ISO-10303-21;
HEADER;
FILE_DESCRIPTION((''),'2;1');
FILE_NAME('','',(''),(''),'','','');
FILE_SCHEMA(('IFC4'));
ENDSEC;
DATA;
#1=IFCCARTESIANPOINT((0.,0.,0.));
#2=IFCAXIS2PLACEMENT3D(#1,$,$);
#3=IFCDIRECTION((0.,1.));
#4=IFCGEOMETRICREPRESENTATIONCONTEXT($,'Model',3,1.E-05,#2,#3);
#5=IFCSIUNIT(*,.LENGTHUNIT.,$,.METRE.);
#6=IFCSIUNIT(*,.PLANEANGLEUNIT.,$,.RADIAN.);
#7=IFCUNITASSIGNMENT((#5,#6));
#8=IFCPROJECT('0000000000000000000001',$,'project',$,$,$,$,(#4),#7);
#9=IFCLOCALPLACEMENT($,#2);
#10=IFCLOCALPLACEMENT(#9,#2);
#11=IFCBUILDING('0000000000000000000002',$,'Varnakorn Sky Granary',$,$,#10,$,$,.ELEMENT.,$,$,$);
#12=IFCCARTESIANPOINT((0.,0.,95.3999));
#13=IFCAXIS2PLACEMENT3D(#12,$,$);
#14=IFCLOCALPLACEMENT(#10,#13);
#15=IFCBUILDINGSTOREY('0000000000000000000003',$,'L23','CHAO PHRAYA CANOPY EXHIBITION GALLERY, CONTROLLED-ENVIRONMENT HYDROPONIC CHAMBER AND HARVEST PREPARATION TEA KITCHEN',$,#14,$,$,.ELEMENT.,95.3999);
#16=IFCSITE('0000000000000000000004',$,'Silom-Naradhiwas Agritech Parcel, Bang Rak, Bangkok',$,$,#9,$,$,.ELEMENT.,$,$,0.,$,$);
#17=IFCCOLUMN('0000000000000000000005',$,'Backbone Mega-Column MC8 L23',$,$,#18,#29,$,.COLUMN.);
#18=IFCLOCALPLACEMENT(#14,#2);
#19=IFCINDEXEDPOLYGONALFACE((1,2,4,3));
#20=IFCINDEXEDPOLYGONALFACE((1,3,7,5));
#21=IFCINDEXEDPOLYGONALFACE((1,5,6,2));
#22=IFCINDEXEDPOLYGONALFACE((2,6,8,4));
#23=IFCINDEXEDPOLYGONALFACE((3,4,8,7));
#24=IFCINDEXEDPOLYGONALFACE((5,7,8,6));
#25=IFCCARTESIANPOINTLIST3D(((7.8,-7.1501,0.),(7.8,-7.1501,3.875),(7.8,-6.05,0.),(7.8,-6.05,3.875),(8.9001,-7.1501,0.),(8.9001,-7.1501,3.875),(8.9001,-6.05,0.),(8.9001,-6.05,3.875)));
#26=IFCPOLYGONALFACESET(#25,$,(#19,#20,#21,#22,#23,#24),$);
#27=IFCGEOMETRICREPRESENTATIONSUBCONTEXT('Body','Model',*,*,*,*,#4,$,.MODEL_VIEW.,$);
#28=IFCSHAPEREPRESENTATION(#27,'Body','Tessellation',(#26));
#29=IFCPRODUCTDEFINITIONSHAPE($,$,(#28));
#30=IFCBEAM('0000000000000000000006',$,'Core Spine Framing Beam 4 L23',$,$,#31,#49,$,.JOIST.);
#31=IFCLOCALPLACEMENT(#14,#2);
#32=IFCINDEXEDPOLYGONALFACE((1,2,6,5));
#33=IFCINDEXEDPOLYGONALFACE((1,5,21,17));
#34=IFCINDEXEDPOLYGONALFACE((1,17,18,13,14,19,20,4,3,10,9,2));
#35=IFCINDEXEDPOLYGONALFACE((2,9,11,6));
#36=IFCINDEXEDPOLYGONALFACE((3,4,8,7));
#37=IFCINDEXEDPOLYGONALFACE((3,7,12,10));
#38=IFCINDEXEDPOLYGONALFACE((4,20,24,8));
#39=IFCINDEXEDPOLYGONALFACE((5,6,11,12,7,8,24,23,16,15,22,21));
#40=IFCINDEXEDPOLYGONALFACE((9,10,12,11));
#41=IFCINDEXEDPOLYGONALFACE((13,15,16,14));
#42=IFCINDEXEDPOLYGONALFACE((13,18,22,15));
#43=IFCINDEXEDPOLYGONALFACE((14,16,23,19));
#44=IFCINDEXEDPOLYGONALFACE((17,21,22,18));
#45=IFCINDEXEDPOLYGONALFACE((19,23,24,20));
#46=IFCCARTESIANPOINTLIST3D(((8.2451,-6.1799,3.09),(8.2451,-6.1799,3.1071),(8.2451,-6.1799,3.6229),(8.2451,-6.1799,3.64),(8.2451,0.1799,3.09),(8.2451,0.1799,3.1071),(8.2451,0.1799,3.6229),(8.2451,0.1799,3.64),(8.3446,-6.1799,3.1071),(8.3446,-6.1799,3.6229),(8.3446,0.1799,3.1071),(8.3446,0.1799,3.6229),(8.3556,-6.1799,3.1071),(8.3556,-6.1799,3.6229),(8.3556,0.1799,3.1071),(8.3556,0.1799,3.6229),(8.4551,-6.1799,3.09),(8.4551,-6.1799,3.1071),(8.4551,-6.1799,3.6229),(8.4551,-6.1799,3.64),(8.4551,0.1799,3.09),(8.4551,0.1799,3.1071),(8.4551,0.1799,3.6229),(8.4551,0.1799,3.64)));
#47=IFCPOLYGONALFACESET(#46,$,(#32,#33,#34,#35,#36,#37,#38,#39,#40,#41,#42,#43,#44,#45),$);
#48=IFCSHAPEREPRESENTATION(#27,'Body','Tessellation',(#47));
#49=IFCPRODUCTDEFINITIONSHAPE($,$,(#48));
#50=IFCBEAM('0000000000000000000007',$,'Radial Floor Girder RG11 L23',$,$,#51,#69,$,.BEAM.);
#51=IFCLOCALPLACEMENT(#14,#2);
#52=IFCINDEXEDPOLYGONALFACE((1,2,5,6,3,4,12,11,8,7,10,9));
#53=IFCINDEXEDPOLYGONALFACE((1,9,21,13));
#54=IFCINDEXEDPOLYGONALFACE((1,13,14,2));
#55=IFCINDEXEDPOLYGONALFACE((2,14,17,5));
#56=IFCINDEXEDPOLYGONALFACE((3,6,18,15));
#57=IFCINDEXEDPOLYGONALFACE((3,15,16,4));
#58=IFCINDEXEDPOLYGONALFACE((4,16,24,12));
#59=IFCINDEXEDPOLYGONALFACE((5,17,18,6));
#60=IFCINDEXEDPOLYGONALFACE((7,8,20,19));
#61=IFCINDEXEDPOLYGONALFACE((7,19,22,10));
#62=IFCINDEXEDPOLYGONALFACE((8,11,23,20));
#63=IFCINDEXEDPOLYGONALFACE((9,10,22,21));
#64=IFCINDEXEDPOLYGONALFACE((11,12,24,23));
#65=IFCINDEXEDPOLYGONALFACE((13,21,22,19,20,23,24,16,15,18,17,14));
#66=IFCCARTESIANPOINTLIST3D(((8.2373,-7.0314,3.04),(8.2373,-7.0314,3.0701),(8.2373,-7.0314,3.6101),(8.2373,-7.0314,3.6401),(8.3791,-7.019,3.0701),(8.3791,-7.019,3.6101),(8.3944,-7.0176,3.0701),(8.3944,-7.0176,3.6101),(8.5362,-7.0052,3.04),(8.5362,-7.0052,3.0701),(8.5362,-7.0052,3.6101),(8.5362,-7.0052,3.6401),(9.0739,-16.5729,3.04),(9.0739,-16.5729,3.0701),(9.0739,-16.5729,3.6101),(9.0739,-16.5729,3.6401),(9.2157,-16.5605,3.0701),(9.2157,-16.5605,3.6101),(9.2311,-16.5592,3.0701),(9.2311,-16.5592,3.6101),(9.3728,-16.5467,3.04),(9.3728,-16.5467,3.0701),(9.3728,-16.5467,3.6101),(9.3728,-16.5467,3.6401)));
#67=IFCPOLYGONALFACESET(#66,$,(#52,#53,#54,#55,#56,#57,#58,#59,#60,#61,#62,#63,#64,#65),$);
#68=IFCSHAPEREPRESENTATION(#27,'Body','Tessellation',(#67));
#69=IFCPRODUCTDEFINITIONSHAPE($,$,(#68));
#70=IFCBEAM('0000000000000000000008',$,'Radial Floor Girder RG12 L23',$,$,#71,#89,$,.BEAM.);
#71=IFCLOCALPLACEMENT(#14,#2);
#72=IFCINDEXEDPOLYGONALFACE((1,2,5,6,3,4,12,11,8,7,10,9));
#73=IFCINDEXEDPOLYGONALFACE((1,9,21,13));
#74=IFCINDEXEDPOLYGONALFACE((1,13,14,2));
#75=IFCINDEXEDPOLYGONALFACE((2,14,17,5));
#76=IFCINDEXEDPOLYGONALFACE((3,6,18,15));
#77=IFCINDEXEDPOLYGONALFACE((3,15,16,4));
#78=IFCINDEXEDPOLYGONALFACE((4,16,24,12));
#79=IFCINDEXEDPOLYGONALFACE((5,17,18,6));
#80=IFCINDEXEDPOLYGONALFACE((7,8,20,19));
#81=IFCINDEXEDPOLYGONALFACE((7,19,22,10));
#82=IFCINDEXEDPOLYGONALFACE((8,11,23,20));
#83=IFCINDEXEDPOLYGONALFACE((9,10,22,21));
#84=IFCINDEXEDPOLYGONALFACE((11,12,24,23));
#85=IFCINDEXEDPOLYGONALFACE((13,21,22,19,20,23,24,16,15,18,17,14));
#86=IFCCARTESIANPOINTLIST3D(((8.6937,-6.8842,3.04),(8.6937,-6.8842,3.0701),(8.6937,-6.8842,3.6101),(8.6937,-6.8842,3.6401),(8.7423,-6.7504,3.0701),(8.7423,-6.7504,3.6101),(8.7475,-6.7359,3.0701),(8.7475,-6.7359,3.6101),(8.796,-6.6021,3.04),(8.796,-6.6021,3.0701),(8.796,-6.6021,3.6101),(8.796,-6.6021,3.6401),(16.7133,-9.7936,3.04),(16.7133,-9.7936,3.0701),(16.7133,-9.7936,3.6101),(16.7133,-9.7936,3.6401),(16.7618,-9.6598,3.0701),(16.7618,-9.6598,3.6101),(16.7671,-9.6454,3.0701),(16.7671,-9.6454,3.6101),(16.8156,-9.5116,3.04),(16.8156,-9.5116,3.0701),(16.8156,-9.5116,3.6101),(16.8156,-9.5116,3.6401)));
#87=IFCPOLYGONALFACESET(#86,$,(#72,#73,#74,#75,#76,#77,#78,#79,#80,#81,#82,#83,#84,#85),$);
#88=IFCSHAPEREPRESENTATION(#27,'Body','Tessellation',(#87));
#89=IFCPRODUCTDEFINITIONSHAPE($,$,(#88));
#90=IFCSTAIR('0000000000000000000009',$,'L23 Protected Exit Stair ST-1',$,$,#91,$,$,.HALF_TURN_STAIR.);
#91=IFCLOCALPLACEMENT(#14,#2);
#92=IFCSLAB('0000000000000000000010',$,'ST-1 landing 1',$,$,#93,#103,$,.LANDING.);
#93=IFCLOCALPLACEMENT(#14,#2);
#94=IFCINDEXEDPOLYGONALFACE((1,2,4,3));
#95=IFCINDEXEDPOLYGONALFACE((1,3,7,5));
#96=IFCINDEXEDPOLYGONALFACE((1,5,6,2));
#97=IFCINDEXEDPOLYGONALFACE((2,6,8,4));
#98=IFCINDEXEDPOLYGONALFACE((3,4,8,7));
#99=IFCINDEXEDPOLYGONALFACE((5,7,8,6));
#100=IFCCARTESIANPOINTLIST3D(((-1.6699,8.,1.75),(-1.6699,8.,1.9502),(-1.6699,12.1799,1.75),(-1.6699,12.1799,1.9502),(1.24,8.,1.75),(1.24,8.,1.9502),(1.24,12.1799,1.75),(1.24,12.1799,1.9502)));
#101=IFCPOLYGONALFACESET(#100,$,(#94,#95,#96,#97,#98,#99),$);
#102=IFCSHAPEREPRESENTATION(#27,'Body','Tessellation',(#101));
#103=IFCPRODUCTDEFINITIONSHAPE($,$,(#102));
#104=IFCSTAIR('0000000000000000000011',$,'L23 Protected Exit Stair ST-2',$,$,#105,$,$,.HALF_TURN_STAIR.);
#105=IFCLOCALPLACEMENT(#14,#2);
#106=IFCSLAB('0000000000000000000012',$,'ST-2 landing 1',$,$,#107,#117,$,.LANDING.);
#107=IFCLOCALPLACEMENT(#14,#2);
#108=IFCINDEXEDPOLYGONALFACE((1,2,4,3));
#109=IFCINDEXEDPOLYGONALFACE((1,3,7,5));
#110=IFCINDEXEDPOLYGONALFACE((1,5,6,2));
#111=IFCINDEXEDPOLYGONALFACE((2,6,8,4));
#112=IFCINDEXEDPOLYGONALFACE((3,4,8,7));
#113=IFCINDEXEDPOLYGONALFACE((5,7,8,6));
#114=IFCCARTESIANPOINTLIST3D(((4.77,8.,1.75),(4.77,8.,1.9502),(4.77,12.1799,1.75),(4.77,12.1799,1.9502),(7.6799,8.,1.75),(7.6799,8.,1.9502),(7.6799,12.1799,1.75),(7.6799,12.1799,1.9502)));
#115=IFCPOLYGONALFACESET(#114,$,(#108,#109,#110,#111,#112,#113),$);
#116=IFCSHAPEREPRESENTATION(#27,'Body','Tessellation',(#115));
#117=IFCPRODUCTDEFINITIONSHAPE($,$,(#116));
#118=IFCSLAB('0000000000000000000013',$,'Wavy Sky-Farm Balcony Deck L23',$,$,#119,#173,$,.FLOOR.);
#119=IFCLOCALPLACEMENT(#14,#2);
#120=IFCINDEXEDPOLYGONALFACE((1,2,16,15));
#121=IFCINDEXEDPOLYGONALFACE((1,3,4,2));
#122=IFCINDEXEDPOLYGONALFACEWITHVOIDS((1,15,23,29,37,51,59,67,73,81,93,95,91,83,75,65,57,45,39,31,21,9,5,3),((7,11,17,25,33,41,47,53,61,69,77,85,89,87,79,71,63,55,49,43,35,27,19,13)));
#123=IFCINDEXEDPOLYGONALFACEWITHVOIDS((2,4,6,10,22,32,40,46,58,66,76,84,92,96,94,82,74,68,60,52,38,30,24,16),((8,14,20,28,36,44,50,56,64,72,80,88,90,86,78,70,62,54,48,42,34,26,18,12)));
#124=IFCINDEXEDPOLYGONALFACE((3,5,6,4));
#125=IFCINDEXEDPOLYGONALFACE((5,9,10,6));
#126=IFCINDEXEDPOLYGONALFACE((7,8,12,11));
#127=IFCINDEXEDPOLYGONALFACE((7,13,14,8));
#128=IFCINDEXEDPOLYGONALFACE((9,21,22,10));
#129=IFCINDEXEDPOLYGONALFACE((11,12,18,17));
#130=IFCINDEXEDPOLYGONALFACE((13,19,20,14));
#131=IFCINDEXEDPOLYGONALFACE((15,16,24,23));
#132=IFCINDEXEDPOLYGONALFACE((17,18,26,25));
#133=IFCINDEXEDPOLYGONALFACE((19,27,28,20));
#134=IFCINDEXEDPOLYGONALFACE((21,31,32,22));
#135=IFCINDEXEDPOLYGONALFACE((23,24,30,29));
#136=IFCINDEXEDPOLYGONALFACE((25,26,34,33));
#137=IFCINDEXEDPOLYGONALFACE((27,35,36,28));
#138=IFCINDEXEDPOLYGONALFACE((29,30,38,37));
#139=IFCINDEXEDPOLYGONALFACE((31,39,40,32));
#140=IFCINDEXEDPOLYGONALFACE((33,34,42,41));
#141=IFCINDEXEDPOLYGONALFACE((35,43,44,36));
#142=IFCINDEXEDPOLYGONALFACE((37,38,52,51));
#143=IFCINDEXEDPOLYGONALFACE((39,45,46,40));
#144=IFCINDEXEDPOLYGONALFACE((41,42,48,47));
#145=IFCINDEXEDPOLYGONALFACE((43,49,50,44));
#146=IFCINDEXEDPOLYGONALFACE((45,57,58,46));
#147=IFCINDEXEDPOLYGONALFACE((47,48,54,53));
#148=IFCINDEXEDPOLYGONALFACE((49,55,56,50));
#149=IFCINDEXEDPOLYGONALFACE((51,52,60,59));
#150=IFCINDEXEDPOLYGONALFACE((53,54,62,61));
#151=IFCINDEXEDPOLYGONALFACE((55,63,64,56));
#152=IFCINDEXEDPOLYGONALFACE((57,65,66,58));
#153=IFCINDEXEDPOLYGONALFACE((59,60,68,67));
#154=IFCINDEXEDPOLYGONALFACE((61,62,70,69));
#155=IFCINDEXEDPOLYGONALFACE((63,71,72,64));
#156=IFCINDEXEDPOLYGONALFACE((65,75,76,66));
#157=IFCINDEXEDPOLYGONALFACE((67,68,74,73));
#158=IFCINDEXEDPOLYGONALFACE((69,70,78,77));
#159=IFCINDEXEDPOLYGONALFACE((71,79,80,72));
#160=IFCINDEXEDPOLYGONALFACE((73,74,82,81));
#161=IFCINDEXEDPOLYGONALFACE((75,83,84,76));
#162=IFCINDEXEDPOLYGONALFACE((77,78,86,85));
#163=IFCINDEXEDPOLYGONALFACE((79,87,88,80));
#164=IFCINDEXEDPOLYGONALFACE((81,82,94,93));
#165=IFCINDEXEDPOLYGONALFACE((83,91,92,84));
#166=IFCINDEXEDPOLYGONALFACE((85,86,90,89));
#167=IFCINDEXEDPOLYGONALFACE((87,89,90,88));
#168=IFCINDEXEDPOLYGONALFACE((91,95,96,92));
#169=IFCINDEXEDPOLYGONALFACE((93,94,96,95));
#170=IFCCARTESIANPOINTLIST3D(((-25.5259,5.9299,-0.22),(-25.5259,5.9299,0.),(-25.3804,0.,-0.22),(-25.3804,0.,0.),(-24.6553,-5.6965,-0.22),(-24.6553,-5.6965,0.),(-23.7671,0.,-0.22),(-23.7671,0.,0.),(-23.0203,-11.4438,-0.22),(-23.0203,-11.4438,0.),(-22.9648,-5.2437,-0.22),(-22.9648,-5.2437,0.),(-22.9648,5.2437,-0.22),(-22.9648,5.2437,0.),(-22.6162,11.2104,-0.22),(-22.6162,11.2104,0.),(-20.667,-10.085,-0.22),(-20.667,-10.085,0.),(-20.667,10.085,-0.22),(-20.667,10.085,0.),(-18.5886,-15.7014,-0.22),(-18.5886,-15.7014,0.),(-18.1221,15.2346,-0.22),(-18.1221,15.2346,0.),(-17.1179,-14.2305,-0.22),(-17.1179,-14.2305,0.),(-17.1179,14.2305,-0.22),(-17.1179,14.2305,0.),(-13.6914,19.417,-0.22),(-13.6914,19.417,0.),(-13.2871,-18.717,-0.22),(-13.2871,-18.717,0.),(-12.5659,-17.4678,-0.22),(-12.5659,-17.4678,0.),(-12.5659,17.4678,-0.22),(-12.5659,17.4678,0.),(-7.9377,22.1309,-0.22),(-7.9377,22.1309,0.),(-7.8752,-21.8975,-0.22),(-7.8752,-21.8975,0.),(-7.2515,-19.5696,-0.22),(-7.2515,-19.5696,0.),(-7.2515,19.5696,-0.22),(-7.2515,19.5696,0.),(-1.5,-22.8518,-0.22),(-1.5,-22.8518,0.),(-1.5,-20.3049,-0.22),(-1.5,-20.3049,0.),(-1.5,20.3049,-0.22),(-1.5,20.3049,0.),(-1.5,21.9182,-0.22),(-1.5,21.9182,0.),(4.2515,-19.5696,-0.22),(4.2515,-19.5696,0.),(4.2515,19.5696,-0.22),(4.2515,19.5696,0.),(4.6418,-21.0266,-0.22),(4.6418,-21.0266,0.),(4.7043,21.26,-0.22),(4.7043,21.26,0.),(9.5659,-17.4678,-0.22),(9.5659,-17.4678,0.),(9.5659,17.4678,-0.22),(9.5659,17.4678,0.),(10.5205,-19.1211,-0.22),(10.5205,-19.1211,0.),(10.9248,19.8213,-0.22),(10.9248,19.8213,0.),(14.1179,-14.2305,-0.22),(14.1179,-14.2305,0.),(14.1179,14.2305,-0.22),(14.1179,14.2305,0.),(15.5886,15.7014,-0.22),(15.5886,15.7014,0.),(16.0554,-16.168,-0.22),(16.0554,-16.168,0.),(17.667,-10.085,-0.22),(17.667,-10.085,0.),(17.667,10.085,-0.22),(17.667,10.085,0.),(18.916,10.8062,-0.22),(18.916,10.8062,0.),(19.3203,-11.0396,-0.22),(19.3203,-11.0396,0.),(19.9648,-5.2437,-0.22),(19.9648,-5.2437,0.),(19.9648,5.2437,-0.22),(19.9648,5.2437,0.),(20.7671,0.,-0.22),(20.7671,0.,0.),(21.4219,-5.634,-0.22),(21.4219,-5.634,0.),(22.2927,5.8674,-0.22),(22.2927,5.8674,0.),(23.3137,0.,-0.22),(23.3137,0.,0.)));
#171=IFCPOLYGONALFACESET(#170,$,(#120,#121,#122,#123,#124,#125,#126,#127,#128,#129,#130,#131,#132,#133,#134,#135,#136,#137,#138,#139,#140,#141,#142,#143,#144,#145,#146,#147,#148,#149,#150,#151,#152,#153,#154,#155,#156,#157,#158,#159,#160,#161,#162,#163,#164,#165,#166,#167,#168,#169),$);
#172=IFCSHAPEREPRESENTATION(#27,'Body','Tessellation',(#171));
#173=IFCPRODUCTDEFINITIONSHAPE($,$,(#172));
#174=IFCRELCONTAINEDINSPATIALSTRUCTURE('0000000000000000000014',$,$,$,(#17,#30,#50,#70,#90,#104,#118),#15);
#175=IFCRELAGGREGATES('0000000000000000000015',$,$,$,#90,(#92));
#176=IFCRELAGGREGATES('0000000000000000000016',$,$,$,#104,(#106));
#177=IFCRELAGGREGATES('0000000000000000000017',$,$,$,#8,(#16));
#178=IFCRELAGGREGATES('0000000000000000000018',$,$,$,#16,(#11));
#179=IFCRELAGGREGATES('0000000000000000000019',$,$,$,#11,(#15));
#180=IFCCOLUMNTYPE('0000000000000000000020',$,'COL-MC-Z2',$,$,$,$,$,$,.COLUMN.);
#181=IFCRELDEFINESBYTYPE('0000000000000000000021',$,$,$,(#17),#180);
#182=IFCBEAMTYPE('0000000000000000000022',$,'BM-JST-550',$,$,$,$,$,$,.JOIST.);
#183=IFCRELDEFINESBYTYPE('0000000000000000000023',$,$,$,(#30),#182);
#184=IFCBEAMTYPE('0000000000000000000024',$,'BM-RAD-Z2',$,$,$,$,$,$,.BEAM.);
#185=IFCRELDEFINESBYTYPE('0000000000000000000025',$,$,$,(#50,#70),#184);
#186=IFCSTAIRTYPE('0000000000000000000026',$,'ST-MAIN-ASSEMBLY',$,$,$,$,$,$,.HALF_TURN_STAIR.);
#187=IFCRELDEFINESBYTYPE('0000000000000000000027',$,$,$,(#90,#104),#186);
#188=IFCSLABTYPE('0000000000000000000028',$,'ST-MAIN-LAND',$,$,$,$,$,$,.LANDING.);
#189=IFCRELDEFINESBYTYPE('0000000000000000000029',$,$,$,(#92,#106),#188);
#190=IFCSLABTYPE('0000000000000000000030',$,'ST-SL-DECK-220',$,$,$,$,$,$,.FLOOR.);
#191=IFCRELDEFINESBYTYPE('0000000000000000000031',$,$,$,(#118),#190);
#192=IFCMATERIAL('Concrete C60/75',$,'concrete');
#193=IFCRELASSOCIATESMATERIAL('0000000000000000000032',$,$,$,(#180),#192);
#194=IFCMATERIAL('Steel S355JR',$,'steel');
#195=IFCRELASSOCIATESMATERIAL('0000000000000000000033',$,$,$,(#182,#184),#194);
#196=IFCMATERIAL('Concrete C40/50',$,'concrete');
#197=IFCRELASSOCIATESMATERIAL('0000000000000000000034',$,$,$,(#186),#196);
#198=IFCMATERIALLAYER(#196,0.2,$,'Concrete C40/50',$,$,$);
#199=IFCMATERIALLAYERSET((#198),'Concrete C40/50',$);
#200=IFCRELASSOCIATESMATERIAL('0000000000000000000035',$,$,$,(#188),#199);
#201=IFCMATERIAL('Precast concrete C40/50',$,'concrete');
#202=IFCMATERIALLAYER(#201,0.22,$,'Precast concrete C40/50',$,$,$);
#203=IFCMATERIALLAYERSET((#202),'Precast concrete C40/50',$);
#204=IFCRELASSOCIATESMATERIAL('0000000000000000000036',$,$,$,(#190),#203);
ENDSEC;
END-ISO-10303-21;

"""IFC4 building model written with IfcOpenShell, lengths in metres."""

from ifc_helpers import new_model, si_unit, direction, frame, origin, origin_2d, place, context, subcontext, project, spatial, polyline, rectangle, i_section, outline, extrude, material, layer, layer_set, material_profile, profile_set, type_object, element, aggregate, save


model = new_model("IFC4")

# Units and contexts
model_context = context("Model", 3, precision=1e-05, world=origin(), true_north=direction((0.0, 1.0)))
body_context = subcontext(model_context, "Body", "Model", "MODEL_VIEW")
ifc_project = project(units=[si_unit("LENGTHUNIT", "METRE"), si_unit("PLANEANGLEUNIT", "RADIAN")], contexts=[model_context])

# Site, building, storey
site_placement = place(None, origin())
site = spatial("IfcSite", under=ifc_project, at=site_placement, Name="Silom-Naradhiwas Agritech Parcel, Bang Rak, Bangkok", CompositionType="ELEMENT", RefElevation=0.0)
building_placement = place(site_placement, origin())
building = spatial("IfcBuilding", under=site, at=building_placement, Name="Varnakorn Sky Granary", CompositionType="ELEMENT")
storey_placement = place(building_placement, frame((0.0, 0.0, 95.3999)))
storey = spatial("IfcBuildingStorey", under=building, at=storey_placement, Name="L23", Description="CHAO PHRAYA CANOPY EXHIBITION GALLERY, CONTROLLED-ENVIRONMENT HYDROPONIC CHAMBER AND HARVEST PREPARATION TEA KITCHEN", CompositionType="ELEMENT", Elevation=95.3999)

# Column
ifc_material_1 = material(Name="Concrete C60/75", Category="concrete")
ifc_material_profile_1 = material_profile(ifc_material_1, rectangle(XDim=1.1001, YDim=1.1001, at=origin_2d()), Name="RC 1100x1100")
ifc_profile_set_1 = profile_set([ifc_material_profile_1], Name="Concrete C60/75")
column_type = type_object("IfcColumnType", Name="COL-MC-Z2", PredefinedType="COLUMN", material=ifc_profile_set_1)
column_placement = place(storey_placement, frame((8.3501, -6.6001, 0.0), z_axis=(0.0, 0.0, 1.0), x_axis=(1.0, 0.0, 0.0)))
element("IfcColumn", 1, at=column_placement, inside=storey, type_object=column_type, Name="Backbone Mega-Column MC8 L23", PredefinedType="COLUMN", context=body_context, shape_type="SweptSolid", body=[
    extrude(rectangle(XDim=1.1001, YDim=1.1001, at=origin_2d()), origin(), (0.0, 0.0, 1.0), 3.875),
])

# Beams
ifc_material_2 = material(Name="Steel S355JR", Category="steel")
ifc_material_profile_2 = material_profile(ifc_material_2, i_section(OverallWidth=0.21, OverallDepth=0.55, WebThickness=0.011, FlangeThickness=0.0171, at=origin_2d()), Name="IPE 550")
ifc_profile_set_2 = profile_set([ifc_material_profile_2], Name="Steel S355JR")
beam_type_1 = type_object("IfcBeamType", Name="BM-JST-550", PredefinedType="JOIST", material=ifc_profile_set_2)
beam_1_placement = place(storey_placement, frame((8.3501, 0.1799, 3.365), z_axis=(0.0, -1.0, 0.0), x_axis=(1.0, 0.0, 0.0)))
element("IfcBeam", 2, at=beam_1_placement, inside=storey, type_object=beam_type_1, Name="Core Spine Framing Beam 4 L23", PredefinedType="JOIST", context=body_context, shape_type="SweptSolid", body=[
    extrude(i_section(OverallWidth=0.21, OverallDepth=0.55, WebThickness=0.011, FlangeThickness=0.0171, at=origin_2d()), origin(), (0.0, 0.0, 1.0), 6.3599),
])
ifc_material_profile_3 = material_profile(ifc_material_2, i_section(OverallWidth=0.3, OverallDepth=0.6001, WebThickness=0.0154, FlangeThickness=0.03, at=origin_2d()), Name="HE 600 B")
ifc_profile_set_3 = profile_set([ifc_material_profile_3], Name="Steel S355JR")
beam_type_2 = type_object("IfcBeamType", Name="BM-RAD-Z2", PredefinedType="BEAM", material=ifc_profile_set_3)
beam_2_placement = place(storey_placement, frame((8.3867, -7.0183, 3.3401), z_axis=(0.087352, -0.996177, 0.0), x_axis=(0.996177, 0.087352, 0.0)))
element("IfcBeam", 3, at=beam_2_placement, inside=storey, type_object=beam_type_2, Name="Radial Floor Girder RG11 L23", PredefinedType="BEAM", context=body_context, shape_type="SweptSolid", body=[
    extrude(i_section(OverallWidth=0.3, OverallDepth=0.6001, WebThickness=0.0154, FlangeThickness=0.03, at=origin_2d()), origin(), (0.0, 0.0, 1.0), 9.5781),
])
beam_3_placement = place(storey_placement, frame((8.7449, -6.7432, 3.3401), z_axis=(0.940048, -0.341042, 0.0), x_axis=(0.341042, 0.940048, 0.0)))
element("IfcBeam", 4, at=beam_3_placement, inside=storey, type_object=beam_type_2, Name="Radial Floor Girder RG12 L23", PredefinedType="BEAM", context=body_context, shape_type="SweptSolid", body=[
    extrude(i_section(OverallWidth=0.3, OverallDepth=0.6001, WebThickness=0.0154, FlangeThickness=0.03, at=origin_2d()), origin(), (0.0, 0.0, 1.0), 8.531),
])

# Stairs, slabs
ifc_material_3 = material(Name="Concrete C40/50", Category="concrete")
stair_type = type_object("IfcStairType", Name="ST-MAIN-ASSEMBLY", PredefinedType="HALF_TURN_STAIR", material=ifc_material_3)
stair_1_placement = place(storey_placement, origin())
stair_1 = element("IfcStair", 5, at=stair_1_placement, inside=storey, type_object=stair_type, Name="L23 Protected Exit Stair ST-1", PredefinedType="HALF_TURN_STAIR")
ifc_layer_1 = layer(ifc_material_3, 0.2, Name="Concrete C40/50")
ifc_layer_set_1 = layer_set([ifc_layer_1], Name="Concrete C40/50")
slab_type_1 = type_object("IfcSlabType", Name="ST-MAIN-LAND", PredefinedType="LANDING", material=ifc_layer_set_1)
slab_1_placement = place(storey_placement, frame((0.0, 0.0, 1.75)))
slab_1 = element("IfcSlab", 6, at=slab_1_placement, type_object=slab_type_1, Name="ST-1 landing 1", PredefinedType="LANDING", context=body_context, shape_type="SweptSolid", body=[
    extrude(outline(polyline([(1.24, 8.0), (1.24, 12.1799), (-1.6699, 12.1799), (-1.6699, 8.0), (1.24, 8.0)])), origin(), (0.0, 0.0, 1.0), 0.2002),
])
aggregate(stair_1, [slab_1])
stair_2_placement = place(storey_placement, origin())
stair_2 = element("IfcStair", 7, at=stair_2_placement, inside=storey, type_object=stair_type, Name="L23 Protected Exit Stair ST-2", PredefinedType="HALF_TURN_STAIR")
slab_2_placement = place(storey_placement, frame((0.0, 0.0, 1.75)))
slab_2 = element("IfcSlab", 8, at=slab_2_placement, type_object=slab_type_1, Name="ST-2 landing 1", PredefinedType="LANDING", context=body_context, shape_type="SweptSolid", body=[
    extrude(outline(polyline([(7.6799, 8.0), (7.6799, 12.1799), (4.77, 12.1799), (4.77, 8.0), (7.6799, 8.0)])), origin(), (0.0, 0.0, 1.0), 0.2002),
])
aggregate(stair_2, [slab_2])

# Slab
ifc_material_4 = material(Name="Precast concrete C40/50", Category="concrete")
ifc_layer_2 = layer(ifc_material_4, 0.22, Name="Precast concrete C40/50")
ifc_layer_set_2 = layer_set([ifc_layer_2], Name="Precast concrete C40/50")
slab_type_2 = type_object("IfcSlabType", Name="ST-SL-DECK-220", PredefinedType="FLOOR", material=ifc_layer_set_2)
slab_3_placement = place(storey_placement, frame((0.0, 0.0, -0.22)))
element("IfcSlab", 9, at=slab_3_placement, inside=storey, type_object=slab_type_2, Name="Wavy Sky-Farm Balcony Deck L23", PredefinedType="FLOOR", context=body_context, shape_type="SweptSolid", body=[
    extrude(outline(polyline([(23.3137, 0.0), (22.2927, 5.8674), (18.916, 10.8062), (15.5886, 15.7014), (10.9248, 19.8213), (4.7043, 21.26), (-1.5, 21.9182), (-7.9377, 22.1309), (-13.6914, 19.417), (-18.1221, 15.2346), (-22.6162, 11.2104), (-25.5259, 5.9299), (-25.3804, 0.0), (-24.6553, -5.6965), (-23.0203, -11.4438), (-18.5886, -15.7014), (-13.2871, -18.717), (-7.8752, -21.8975), (-1.5, -22.8518), (4.6418, -21.0266), (10.5205, -19.1211), (16.0554, -16.168), (19.3203, -11.0396), (21.4219, -5.634), (23.3137, 0.0)]), holes=[polyline([(20.7671, 0.0), (19.9648, 5.2437), (17.667, 10.085), (14.1179, 14.2305), (9.5659, 17.4678), (4.2515, 19.5696), (-1.5, 20.3049), (-7.2515, 19.5696), (-12.5659, 17.4678), (-17.1179, 14.2305), (-20.667, 10.085), (-22.9648, 5.2437), (-23.7671, 0.0), (-22.9648, -5.2437), (-20.667, -10.085), (-17.1179, -14.2305), (-12.5659, -17.4678), (-7.2515, -19.5696), (-1.5, -20.3049), (4.2515, -19.5696), (9.5659, -17.4678), (14.1179, -14.2305), (17.667, -10.085), (19.9648, -5.2437), (20.7671, 0.0)])]), origin(), (0.0, 0.0, 1.0), 0.22),
])

save(model, "model.ifc")
